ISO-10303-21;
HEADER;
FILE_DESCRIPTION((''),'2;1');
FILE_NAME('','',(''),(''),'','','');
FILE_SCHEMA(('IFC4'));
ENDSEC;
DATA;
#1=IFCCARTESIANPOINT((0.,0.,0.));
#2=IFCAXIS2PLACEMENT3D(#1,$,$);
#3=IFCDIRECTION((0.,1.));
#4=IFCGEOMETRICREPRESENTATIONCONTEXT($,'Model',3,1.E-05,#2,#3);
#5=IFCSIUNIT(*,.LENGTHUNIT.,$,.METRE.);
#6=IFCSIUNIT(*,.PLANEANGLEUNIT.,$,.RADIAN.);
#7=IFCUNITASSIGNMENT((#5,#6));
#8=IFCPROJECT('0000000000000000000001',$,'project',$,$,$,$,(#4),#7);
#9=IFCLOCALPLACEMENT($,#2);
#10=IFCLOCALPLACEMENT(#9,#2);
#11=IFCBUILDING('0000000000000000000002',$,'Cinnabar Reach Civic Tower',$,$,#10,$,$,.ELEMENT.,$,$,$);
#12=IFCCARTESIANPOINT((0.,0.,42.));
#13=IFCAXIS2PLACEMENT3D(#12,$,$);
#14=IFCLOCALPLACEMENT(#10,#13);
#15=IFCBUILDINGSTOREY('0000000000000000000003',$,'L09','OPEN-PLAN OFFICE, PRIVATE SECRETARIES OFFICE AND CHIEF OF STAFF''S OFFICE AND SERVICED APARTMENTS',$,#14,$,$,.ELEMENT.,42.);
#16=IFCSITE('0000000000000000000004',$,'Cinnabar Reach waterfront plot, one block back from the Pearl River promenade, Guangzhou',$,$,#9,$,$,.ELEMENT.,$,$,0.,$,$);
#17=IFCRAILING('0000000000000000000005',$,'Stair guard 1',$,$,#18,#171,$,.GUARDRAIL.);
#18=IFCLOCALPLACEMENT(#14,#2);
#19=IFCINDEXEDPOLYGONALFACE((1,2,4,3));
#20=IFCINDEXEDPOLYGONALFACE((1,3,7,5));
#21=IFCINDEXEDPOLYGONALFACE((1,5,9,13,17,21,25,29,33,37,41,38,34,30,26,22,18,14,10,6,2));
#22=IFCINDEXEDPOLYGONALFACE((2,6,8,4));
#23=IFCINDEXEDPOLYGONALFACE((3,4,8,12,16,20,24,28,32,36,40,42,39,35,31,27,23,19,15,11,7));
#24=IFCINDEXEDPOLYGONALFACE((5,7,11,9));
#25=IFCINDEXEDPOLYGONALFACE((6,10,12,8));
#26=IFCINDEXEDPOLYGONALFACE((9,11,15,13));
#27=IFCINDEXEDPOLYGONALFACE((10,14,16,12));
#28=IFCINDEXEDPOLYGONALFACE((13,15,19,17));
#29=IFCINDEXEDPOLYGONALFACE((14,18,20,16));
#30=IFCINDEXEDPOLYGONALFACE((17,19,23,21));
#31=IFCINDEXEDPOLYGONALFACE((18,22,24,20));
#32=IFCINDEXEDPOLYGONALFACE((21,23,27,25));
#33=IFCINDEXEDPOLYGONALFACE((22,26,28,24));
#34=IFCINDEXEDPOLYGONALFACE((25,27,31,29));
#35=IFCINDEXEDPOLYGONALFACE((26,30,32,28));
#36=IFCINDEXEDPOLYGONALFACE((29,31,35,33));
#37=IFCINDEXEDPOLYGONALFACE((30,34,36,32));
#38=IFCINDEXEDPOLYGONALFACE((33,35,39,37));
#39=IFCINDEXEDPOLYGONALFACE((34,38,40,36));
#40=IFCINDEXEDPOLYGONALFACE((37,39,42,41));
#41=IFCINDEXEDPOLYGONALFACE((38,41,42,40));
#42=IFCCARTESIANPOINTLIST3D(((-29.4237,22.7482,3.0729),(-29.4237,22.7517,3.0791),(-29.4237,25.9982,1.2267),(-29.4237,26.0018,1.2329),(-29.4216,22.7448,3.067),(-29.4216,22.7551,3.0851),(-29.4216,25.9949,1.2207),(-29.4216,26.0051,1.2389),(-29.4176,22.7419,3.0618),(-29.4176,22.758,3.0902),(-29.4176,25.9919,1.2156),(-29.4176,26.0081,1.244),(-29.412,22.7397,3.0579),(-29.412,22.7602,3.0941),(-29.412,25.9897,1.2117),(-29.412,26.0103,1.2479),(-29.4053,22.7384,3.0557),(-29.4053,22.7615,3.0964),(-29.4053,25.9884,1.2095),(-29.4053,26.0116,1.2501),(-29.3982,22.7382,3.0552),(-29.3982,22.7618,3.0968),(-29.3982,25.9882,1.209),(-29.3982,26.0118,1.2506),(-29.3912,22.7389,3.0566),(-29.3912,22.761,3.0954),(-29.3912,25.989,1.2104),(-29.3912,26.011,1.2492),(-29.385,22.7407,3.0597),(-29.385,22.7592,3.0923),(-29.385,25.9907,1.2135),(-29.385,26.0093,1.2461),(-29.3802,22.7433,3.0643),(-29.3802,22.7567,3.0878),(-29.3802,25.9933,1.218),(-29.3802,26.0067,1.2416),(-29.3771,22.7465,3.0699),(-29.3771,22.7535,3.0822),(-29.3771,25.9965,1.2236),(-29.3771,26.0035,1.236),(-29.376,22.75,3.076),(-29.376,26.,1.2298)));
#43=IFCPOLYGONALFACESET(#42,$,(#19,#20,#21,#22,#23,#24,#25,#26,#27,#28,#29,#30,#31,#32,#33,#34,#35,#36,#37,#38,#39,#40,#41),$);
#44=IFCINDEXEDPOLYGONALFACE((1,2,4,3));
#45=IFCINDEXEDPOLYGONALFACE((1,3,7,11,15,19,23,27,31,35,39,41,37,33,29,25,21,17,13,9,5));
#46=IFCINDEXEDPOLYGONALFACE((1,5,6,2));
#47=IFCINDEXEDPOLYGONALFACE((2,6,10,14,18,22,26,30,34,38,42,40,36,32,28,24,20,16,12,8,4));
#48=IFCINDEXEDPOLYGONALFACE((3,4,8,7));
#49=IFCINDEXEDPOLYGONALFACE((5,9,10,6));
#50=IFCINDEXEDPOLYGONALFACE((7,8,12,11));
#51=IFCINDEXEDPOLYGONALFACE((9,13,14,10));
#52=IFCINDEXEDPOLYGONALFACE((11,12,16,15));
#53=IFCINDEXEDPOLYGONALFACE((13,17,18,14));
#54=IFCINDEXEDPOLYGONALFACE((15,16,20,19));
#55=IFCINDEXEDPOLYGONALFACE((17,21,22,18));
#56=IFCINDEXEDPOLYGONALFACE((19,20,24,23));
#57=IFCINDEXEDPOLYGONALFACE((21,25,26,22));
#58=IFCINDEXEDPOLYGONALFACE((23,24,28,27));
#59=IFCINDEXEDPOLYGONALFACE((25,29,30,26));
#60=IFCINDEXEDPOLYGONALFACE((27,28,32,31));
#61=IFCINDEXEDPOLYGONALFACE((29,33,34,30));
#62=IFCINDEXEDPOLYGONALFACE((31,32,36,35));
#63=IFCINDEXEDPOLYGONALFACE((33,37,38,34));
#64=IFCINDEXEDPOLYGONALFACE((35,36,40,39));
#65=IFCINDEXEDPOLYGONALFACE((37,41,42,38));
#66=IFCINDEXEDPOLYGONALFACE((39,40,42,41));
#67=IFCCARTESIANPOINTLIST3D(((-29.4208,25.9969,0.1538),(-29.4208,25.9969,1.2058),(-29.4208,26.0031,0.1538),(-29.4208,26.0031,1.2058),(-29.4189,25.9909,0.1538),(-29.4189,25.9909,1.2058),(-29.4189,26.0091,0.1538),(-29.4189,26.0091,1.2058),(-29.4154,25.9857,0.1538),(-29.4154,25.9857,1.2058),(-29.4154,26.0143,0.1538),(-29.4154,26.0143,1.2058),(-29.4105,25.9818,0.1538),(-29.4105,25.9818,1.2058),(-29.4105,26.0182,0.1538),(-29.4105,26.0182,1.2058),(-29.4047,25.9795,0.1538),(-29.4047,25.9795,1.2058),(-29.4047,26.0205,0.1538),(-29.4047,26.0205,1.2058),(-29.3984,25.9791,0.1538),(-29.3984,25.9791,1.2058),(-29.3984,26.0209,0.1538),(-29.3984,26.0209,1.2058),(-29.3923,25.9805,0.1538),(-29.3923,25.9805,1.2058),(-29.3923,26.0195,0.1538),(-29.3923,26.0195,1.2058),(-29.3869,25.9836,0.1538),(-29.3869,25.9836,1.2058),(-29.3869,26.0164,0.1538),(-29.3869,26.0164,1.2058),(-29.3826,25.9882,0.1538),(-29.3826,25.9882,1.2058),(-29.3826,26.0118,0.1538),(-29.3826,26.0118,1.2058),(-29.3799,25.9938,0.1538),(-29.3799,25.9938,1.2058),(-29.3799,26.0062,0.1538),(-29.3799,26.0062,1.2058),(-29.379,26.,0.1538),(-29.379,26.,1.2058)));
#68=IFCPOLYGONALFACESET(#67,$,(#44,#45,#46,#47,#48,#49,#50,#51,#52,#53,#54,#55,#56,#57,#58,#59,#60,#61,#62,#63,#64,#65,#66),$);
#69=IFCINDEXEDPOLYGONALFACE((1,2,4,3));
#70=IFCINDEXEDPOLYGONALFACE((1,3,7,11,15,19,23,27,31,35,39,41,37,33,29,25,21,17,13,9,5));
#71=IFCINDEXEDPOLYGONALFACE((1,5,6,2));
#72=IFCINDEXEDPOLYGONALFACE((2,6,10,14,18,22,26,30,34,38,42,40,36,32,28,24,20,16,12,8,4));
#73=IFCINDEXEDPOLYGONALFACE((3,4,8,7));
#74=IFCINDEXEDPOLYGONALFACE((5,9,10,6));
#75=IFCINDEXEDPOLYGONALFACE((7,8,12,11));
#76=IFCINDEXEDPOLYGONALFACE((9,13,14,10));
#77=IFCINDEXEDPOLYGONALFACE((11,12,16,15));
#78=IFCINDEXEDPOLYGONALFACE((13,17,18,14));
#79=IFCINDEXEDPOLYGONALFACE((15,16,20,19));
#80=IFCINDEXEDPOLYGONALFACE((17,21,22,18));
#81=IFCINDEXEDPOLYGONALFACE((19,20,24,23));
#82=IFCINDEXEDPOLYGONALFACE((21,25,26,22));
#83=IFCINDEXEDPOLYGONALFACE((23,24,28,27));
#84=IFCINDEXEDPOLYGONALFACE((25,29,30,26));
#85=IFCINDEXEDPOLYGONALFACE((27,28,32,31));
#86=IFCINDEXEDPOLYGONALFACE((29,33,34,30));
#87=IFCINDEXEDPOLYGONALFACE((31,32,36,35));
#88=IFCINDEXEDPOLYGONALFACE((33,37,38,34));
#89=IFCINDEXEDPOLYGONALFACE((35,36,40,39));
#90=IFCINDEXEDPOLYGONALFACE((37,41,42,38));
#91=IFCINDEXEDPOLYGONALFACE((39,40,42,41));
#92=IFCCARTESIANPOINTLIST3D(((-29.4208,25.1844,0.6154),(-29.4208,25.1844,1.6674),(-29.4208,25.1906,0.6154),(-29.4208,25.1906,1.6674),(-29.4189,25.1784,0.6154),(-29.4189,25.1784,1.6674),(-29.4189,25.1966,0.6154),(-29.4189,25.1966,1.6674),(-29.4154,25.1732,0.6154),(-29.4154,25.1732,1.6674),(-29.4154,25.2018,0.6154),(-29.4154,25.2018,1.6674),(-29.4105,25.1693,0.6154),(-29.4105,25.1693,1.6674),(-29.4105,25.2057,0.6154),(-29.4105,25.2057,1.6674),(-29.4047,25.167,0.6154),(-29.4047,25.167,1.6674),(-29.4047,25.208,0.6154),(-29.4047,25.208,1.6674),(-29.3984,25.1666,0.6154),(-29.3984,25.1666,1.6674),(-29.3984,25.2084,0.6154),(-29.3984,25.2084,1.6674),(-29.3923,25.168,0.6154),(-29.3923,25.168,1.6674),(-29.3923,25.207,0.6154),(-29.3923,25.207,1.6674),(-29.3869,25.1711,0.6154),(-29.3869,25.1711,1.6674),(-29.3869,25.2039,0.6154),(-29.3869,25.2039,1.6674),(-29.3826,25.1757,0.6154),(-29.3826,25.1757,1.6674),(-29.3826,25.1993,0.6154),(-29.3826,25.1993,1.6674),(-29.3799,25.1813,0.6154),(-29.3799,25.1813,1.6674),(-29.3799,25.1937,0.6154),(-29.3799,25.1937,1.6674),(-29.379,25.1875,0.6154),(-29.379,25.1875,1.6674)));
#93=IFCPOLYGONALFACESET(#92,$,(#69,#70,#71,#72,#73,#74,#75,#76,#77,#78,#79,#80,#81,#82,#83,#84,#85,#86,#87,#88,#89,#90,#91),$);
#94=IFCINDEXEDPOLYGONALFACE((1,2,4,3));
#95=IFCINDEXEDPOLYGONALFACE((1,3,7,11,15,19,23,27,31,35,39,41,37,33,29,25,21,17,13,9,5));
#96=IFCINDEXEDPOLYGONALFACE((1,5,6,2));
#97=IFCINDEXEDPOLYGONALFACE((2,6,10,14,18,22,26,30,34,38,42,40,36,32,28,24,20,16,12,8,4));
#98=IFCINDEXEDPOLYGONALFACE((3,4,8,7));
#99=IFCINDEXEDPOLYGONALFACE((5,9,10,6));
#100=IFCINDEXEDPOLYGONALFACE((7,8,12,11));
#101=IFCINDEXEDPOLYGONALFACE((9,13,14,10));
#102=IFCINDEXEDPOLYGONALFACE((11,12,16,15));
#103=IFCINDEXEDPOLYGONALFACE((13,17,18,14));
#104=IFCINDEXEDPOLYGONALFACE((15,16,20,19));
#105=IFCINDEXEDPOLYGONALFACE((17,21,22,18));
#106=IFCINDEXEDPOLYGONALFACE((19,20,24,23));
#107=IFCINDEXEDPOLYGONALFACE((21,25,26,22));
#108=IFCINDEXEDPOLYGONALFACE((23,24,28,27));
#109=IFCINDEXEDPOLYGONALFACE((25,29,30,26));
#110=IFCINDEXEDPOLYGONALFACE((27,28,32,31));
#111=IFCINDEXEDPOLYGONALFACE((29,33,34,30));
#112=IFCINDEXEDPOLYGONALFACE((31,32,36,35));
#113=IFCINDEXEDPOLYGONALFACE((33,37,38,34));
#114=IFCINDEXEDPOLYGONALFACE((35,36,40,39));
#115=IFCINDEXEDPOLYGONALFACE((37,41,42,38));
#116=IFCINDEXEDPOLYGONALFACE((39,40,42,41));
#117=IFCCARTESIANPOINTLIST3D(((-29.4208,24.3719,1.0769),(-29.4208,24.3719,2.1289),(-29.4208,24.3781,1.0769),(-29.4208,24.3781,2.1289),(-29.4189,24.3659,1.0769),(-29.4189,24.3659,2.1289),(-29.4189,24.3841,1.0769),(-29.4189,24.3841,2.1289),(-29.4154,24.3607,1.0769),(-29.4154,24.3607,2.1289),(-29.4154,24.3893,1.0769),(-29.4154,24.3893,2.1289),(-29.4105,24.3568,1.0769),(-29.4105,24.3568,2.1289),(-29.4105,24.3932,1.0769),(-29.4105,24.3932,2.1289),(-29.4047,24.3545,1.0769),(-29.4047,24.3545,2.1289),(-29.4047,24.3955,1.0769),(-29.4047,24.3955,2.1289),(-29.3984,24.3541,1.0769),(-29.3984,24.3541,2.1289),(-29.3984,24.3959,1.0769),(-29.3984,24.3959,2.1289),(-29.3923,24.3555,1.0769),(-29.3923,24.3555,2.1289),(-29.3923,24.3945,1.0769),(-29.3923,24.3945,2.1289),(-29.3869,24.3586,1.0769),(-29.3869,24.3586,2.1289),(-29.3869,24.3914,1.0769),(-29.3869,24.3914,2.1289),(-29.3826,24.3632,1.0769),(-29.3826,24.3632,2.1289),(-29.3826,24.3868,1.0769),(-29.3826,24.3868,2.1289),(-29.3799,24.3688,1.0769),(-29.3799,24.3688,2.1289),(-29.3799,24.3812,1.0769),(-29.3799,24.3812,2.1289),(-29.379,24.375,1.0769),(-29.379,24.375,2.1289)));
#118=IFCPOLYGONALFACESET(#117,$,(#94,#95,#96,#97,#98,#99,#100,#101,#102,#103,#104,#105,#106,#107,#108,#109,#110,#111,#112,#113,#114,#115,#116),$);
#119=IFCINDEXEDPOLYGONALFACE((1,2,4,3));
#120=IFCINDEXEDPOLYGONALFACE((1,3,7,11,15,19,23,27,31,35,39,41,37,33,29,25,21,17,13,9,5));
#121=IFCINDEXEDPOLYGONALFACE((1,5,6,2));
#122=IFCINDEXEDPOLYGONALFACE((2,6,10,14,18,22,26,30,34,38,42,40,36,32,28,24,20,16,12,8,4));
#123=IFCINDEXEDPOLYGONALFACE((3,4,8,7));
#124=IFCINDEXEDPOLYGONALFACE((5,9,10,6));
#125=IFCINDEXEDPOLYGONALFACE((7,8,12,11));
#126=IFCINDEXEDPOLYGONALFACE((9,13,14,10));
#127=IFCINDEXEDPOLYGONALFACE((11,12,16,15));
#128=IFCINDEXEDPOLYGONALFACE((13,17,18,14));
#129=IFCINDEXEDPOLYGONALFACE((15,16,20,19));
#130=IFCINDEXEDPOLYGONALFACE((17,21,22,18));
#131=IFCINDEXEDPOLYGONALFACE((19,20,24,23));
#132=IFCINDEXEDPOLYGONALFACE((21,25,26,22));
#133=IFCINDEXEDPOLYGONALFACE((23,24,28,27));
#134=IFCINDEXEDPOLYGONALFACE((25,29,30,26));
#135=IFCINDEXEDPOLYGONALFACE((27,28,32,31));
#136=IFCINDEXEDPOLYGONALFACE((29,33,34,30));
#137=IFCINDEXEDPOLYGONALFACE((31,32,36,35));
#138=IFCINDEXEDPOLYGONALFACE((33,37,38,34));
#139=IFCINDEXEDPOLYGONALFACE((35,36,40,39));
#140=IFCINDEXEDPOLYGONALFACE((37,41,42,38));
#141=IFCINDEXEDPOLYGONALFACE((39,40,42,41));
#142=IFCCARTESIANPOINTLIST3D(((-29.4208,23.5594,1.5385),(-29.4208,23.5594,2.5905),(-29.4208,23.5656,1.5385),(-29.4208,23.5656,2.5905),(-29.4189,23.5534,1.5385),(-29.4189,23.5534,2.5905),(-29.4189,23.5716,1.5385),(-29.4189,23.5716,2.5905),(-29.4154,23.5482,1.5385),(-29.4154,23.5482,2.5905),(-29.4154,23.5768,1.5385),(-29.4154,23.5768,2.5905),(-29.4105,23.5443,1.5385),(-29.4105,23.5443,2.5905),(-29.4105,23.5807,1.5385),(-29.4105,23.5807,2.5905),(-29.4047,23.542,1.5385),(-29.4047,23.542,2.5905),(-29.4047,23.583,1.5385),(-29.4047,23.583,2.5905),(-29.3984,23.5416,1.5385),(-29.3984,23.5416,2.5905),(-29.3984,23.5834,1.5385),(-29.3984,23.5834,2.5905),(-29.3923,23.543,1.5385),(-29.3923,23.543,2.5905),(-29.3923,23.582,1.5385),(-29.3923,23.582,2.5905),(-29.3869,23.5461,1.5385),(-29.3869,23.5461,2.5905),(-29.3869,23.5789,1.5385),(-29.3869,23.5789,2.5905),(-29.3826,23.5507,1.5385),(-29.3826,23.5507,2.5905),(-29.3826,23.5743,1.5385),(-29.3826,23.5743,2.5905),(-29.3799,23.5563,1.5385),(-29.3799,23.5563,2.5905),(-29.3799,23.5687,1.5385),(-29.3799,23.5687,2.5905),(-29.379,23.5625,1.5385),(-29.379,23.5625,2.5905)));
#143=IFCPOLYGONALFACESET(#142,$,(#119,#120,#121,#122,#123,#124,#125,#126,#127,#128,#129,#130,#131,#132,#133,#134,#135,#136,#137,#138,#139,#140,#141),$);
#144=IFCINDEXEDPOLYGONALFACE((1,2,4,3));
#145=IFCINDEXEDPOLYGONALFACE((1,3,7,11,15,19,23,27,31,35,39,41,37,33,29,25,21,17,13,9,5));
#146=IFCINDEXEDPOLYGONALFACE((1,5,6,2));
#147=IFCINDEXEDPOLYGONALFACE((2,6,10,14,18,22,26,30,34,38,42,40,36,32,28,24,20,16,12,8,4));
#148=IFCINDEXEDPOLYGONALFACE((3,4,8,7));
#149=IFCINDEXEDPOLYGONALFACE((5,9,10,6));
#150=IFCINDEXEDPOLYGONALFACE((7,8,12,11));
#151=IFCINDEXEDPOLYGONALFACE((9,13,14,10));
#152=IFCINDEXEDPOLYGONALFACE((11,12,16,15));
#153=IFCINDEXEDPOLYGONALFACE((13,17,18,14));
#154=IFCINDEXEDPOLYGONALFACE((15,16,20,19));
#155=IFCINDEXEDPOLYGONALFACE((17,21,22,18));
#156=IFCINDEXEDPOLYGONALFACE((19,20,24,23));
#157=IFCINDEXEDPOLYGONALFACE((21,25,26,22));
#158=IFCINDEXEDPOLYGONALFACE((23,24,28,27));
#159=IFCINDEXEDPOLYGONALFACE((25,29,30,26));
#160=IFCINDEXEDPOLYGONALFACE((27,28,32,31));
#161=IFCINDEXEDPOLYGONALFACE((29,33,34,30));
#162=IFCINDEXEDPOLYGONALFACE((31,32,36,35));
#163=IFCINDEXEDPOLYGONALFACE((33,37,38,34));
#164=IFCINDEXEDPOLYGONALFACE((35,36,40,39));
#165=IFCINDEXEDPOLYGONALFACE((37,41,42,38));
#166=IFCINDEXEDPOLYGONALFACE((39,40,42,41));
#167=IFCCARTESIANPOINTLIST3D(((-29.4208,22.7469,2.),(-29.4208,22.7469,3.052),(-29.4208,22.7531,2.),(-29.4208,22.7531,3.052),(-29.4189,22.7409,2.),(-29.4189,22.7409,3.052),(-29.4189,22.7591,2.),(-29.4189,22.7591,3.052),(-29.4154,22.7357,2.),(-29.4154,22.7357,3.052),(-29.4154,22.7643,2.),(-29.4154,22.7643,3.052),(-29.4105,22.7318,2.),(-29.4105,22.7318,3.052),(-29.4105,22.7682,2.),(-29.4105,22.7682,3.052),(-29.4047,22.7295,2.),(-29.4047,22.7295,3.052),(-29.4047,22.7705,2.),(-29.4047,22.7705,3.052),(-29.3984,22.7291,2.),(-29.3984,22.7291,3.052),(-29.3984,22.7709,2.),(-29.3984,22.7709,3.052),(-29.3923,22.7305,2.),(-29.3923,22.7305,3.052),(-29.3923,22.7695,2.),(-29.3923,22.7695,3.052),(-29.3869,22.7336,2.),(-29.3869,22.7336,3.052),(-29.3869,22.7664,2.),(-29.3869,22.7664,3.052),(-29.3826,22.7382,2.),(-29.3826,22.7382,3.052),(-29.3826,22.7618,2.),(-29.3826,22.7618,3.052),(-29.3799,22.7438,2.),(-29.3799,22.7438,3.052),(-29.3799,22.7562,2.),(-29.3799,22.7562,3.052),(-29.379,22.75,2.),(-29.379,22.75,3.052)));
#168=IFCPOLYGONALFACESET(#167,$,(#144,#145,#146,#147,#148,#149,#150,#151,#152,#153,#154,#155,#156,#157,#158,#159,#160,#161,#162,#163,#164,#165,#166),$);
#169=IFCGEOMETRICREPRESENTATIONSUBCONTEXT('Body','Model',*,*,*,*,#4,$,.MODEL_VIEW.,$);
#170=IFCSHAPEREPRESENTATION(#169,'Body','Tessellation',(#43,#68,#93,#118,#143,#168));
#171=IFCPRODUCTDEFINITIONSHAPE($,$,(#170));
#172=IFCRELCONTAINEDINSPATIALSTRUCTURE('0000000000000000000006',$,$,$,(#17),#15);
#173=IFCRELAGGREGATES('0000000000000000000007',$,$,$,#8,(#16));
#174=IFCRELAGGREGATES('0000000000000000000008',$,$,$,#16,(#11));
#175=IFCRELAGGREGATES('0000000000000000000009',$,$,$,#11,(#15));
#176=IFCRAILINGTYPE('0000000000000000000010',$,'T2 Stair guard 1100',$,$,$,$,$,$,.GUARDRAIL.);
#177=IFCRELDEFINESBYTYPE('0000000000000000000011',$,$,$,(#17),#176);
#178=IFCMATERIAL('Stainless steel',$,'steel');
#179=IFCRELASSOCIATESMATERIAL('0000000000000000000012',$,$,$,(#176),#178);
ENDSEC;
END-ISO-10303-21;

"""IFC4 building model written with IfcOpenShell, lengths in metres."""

from ifc_helpers import new_model, si_unit, direction, frame, origin, origin_2d, place, context, subcontext, project, spatial, circle, extrude, material, type_object, element, save


model = new_model("IFC4")

# Units and contexts
model_context = context("Model", 3, precision=1e-05, world=origin(), true_north=direction((0.0, 1.0)))
body_context = subcontext(model_context, "Body", "Model", "MODEL_VIEW")
ifc_project = project(units=[si_unit("LENGTHUNIT", "METRE"), si_unit("PLANEANGLEUNIT", "RADIAN")], contexts=[model_context])

# Site, building, storey
site_placement = place(None, origin())
site = spatial("IfcSite", under=ifc_project, at=site_placement, Name="Cinnabar Reach waterfront plot, one block back from the Pearl River promenade, Guangzhou", CompositionType="ELEMENT", RefElevation=0.0)
building_placement = place(site_placement, origin())
building = spatial("IfcBuilding", under=site, at=building_placement, Name="Cinnabar Reach Civic Tower", CompositionType="ELEMENT")
storey_placement = place(building_placement, frame((0.0, 0.0, 42.0)))
storey = spatial("IfcBuildingStorey", under=building, at=storey_placement, Name="L09", Description="OPEN-PLAN OFFICE, PRIVATE SECRETARIES OFFICE AND CHIEF OF STAFF'S OFFICE AND SERVICED APARTMENTS", CompositionType="ELEMENT", Elevation=42.0)

# Railing
ifc_material_1 = material(Name="Stainless steel", Category="steel")
railing_type = type_object("IfcRailingType", Name="T2 Stair guard 1100", PredefinedType="GUARDRAIL", material=ifc_material_1)
railing_placement = place(storey_placement, frame((-29.4, 26.0, 0.1538)))
element("IfcRailing", 1, at=railing_placement, inside=storey, type_object=railing_type, Name="Stair guard 1", PredefinedType="GUARDRAIL", context=body_context, shape_type="SweptSolid", body=[
    extrude(circle(Radius=0.024, at=origin_2d()), frame((0.0, 0.0, 1.076), z_axis=(0.0, -0.869501, 0.49393), x_axis=(1.0, 0.0, 0.0)), (0.0, 0.0, 1.0), 3.7378),
    extrude(circle(Radius=0.021, at=origin_2d()), origin(), (0.0, 0.0, 1.0), 1.052),
    extrude(circle(Radius=0.021, at=origin_2d()), frame((0.0, -0.8125, 0.4616)), (0.0, 0.0, 1.0), 1.052),
    extrude(circle(Radius=0.021, at=origin_2d()), frame((0.0, -1.625, 0.9231)), (0.0, 0.0, 1.0), 1.052),
    extrude(circle(Radius=0.021, at=origin_2d()), frame((0.0, -2.4375, 1.3847)), (0.0, 0.0, 1.0), 1.052),
    extrude(circle(Radius=0.021, at=origin_2d()), frame((0.0, -3.25, 1.8462)), (0.0, 0.0, 1.0), 1.052),
])

save(model, "model.ifc")
